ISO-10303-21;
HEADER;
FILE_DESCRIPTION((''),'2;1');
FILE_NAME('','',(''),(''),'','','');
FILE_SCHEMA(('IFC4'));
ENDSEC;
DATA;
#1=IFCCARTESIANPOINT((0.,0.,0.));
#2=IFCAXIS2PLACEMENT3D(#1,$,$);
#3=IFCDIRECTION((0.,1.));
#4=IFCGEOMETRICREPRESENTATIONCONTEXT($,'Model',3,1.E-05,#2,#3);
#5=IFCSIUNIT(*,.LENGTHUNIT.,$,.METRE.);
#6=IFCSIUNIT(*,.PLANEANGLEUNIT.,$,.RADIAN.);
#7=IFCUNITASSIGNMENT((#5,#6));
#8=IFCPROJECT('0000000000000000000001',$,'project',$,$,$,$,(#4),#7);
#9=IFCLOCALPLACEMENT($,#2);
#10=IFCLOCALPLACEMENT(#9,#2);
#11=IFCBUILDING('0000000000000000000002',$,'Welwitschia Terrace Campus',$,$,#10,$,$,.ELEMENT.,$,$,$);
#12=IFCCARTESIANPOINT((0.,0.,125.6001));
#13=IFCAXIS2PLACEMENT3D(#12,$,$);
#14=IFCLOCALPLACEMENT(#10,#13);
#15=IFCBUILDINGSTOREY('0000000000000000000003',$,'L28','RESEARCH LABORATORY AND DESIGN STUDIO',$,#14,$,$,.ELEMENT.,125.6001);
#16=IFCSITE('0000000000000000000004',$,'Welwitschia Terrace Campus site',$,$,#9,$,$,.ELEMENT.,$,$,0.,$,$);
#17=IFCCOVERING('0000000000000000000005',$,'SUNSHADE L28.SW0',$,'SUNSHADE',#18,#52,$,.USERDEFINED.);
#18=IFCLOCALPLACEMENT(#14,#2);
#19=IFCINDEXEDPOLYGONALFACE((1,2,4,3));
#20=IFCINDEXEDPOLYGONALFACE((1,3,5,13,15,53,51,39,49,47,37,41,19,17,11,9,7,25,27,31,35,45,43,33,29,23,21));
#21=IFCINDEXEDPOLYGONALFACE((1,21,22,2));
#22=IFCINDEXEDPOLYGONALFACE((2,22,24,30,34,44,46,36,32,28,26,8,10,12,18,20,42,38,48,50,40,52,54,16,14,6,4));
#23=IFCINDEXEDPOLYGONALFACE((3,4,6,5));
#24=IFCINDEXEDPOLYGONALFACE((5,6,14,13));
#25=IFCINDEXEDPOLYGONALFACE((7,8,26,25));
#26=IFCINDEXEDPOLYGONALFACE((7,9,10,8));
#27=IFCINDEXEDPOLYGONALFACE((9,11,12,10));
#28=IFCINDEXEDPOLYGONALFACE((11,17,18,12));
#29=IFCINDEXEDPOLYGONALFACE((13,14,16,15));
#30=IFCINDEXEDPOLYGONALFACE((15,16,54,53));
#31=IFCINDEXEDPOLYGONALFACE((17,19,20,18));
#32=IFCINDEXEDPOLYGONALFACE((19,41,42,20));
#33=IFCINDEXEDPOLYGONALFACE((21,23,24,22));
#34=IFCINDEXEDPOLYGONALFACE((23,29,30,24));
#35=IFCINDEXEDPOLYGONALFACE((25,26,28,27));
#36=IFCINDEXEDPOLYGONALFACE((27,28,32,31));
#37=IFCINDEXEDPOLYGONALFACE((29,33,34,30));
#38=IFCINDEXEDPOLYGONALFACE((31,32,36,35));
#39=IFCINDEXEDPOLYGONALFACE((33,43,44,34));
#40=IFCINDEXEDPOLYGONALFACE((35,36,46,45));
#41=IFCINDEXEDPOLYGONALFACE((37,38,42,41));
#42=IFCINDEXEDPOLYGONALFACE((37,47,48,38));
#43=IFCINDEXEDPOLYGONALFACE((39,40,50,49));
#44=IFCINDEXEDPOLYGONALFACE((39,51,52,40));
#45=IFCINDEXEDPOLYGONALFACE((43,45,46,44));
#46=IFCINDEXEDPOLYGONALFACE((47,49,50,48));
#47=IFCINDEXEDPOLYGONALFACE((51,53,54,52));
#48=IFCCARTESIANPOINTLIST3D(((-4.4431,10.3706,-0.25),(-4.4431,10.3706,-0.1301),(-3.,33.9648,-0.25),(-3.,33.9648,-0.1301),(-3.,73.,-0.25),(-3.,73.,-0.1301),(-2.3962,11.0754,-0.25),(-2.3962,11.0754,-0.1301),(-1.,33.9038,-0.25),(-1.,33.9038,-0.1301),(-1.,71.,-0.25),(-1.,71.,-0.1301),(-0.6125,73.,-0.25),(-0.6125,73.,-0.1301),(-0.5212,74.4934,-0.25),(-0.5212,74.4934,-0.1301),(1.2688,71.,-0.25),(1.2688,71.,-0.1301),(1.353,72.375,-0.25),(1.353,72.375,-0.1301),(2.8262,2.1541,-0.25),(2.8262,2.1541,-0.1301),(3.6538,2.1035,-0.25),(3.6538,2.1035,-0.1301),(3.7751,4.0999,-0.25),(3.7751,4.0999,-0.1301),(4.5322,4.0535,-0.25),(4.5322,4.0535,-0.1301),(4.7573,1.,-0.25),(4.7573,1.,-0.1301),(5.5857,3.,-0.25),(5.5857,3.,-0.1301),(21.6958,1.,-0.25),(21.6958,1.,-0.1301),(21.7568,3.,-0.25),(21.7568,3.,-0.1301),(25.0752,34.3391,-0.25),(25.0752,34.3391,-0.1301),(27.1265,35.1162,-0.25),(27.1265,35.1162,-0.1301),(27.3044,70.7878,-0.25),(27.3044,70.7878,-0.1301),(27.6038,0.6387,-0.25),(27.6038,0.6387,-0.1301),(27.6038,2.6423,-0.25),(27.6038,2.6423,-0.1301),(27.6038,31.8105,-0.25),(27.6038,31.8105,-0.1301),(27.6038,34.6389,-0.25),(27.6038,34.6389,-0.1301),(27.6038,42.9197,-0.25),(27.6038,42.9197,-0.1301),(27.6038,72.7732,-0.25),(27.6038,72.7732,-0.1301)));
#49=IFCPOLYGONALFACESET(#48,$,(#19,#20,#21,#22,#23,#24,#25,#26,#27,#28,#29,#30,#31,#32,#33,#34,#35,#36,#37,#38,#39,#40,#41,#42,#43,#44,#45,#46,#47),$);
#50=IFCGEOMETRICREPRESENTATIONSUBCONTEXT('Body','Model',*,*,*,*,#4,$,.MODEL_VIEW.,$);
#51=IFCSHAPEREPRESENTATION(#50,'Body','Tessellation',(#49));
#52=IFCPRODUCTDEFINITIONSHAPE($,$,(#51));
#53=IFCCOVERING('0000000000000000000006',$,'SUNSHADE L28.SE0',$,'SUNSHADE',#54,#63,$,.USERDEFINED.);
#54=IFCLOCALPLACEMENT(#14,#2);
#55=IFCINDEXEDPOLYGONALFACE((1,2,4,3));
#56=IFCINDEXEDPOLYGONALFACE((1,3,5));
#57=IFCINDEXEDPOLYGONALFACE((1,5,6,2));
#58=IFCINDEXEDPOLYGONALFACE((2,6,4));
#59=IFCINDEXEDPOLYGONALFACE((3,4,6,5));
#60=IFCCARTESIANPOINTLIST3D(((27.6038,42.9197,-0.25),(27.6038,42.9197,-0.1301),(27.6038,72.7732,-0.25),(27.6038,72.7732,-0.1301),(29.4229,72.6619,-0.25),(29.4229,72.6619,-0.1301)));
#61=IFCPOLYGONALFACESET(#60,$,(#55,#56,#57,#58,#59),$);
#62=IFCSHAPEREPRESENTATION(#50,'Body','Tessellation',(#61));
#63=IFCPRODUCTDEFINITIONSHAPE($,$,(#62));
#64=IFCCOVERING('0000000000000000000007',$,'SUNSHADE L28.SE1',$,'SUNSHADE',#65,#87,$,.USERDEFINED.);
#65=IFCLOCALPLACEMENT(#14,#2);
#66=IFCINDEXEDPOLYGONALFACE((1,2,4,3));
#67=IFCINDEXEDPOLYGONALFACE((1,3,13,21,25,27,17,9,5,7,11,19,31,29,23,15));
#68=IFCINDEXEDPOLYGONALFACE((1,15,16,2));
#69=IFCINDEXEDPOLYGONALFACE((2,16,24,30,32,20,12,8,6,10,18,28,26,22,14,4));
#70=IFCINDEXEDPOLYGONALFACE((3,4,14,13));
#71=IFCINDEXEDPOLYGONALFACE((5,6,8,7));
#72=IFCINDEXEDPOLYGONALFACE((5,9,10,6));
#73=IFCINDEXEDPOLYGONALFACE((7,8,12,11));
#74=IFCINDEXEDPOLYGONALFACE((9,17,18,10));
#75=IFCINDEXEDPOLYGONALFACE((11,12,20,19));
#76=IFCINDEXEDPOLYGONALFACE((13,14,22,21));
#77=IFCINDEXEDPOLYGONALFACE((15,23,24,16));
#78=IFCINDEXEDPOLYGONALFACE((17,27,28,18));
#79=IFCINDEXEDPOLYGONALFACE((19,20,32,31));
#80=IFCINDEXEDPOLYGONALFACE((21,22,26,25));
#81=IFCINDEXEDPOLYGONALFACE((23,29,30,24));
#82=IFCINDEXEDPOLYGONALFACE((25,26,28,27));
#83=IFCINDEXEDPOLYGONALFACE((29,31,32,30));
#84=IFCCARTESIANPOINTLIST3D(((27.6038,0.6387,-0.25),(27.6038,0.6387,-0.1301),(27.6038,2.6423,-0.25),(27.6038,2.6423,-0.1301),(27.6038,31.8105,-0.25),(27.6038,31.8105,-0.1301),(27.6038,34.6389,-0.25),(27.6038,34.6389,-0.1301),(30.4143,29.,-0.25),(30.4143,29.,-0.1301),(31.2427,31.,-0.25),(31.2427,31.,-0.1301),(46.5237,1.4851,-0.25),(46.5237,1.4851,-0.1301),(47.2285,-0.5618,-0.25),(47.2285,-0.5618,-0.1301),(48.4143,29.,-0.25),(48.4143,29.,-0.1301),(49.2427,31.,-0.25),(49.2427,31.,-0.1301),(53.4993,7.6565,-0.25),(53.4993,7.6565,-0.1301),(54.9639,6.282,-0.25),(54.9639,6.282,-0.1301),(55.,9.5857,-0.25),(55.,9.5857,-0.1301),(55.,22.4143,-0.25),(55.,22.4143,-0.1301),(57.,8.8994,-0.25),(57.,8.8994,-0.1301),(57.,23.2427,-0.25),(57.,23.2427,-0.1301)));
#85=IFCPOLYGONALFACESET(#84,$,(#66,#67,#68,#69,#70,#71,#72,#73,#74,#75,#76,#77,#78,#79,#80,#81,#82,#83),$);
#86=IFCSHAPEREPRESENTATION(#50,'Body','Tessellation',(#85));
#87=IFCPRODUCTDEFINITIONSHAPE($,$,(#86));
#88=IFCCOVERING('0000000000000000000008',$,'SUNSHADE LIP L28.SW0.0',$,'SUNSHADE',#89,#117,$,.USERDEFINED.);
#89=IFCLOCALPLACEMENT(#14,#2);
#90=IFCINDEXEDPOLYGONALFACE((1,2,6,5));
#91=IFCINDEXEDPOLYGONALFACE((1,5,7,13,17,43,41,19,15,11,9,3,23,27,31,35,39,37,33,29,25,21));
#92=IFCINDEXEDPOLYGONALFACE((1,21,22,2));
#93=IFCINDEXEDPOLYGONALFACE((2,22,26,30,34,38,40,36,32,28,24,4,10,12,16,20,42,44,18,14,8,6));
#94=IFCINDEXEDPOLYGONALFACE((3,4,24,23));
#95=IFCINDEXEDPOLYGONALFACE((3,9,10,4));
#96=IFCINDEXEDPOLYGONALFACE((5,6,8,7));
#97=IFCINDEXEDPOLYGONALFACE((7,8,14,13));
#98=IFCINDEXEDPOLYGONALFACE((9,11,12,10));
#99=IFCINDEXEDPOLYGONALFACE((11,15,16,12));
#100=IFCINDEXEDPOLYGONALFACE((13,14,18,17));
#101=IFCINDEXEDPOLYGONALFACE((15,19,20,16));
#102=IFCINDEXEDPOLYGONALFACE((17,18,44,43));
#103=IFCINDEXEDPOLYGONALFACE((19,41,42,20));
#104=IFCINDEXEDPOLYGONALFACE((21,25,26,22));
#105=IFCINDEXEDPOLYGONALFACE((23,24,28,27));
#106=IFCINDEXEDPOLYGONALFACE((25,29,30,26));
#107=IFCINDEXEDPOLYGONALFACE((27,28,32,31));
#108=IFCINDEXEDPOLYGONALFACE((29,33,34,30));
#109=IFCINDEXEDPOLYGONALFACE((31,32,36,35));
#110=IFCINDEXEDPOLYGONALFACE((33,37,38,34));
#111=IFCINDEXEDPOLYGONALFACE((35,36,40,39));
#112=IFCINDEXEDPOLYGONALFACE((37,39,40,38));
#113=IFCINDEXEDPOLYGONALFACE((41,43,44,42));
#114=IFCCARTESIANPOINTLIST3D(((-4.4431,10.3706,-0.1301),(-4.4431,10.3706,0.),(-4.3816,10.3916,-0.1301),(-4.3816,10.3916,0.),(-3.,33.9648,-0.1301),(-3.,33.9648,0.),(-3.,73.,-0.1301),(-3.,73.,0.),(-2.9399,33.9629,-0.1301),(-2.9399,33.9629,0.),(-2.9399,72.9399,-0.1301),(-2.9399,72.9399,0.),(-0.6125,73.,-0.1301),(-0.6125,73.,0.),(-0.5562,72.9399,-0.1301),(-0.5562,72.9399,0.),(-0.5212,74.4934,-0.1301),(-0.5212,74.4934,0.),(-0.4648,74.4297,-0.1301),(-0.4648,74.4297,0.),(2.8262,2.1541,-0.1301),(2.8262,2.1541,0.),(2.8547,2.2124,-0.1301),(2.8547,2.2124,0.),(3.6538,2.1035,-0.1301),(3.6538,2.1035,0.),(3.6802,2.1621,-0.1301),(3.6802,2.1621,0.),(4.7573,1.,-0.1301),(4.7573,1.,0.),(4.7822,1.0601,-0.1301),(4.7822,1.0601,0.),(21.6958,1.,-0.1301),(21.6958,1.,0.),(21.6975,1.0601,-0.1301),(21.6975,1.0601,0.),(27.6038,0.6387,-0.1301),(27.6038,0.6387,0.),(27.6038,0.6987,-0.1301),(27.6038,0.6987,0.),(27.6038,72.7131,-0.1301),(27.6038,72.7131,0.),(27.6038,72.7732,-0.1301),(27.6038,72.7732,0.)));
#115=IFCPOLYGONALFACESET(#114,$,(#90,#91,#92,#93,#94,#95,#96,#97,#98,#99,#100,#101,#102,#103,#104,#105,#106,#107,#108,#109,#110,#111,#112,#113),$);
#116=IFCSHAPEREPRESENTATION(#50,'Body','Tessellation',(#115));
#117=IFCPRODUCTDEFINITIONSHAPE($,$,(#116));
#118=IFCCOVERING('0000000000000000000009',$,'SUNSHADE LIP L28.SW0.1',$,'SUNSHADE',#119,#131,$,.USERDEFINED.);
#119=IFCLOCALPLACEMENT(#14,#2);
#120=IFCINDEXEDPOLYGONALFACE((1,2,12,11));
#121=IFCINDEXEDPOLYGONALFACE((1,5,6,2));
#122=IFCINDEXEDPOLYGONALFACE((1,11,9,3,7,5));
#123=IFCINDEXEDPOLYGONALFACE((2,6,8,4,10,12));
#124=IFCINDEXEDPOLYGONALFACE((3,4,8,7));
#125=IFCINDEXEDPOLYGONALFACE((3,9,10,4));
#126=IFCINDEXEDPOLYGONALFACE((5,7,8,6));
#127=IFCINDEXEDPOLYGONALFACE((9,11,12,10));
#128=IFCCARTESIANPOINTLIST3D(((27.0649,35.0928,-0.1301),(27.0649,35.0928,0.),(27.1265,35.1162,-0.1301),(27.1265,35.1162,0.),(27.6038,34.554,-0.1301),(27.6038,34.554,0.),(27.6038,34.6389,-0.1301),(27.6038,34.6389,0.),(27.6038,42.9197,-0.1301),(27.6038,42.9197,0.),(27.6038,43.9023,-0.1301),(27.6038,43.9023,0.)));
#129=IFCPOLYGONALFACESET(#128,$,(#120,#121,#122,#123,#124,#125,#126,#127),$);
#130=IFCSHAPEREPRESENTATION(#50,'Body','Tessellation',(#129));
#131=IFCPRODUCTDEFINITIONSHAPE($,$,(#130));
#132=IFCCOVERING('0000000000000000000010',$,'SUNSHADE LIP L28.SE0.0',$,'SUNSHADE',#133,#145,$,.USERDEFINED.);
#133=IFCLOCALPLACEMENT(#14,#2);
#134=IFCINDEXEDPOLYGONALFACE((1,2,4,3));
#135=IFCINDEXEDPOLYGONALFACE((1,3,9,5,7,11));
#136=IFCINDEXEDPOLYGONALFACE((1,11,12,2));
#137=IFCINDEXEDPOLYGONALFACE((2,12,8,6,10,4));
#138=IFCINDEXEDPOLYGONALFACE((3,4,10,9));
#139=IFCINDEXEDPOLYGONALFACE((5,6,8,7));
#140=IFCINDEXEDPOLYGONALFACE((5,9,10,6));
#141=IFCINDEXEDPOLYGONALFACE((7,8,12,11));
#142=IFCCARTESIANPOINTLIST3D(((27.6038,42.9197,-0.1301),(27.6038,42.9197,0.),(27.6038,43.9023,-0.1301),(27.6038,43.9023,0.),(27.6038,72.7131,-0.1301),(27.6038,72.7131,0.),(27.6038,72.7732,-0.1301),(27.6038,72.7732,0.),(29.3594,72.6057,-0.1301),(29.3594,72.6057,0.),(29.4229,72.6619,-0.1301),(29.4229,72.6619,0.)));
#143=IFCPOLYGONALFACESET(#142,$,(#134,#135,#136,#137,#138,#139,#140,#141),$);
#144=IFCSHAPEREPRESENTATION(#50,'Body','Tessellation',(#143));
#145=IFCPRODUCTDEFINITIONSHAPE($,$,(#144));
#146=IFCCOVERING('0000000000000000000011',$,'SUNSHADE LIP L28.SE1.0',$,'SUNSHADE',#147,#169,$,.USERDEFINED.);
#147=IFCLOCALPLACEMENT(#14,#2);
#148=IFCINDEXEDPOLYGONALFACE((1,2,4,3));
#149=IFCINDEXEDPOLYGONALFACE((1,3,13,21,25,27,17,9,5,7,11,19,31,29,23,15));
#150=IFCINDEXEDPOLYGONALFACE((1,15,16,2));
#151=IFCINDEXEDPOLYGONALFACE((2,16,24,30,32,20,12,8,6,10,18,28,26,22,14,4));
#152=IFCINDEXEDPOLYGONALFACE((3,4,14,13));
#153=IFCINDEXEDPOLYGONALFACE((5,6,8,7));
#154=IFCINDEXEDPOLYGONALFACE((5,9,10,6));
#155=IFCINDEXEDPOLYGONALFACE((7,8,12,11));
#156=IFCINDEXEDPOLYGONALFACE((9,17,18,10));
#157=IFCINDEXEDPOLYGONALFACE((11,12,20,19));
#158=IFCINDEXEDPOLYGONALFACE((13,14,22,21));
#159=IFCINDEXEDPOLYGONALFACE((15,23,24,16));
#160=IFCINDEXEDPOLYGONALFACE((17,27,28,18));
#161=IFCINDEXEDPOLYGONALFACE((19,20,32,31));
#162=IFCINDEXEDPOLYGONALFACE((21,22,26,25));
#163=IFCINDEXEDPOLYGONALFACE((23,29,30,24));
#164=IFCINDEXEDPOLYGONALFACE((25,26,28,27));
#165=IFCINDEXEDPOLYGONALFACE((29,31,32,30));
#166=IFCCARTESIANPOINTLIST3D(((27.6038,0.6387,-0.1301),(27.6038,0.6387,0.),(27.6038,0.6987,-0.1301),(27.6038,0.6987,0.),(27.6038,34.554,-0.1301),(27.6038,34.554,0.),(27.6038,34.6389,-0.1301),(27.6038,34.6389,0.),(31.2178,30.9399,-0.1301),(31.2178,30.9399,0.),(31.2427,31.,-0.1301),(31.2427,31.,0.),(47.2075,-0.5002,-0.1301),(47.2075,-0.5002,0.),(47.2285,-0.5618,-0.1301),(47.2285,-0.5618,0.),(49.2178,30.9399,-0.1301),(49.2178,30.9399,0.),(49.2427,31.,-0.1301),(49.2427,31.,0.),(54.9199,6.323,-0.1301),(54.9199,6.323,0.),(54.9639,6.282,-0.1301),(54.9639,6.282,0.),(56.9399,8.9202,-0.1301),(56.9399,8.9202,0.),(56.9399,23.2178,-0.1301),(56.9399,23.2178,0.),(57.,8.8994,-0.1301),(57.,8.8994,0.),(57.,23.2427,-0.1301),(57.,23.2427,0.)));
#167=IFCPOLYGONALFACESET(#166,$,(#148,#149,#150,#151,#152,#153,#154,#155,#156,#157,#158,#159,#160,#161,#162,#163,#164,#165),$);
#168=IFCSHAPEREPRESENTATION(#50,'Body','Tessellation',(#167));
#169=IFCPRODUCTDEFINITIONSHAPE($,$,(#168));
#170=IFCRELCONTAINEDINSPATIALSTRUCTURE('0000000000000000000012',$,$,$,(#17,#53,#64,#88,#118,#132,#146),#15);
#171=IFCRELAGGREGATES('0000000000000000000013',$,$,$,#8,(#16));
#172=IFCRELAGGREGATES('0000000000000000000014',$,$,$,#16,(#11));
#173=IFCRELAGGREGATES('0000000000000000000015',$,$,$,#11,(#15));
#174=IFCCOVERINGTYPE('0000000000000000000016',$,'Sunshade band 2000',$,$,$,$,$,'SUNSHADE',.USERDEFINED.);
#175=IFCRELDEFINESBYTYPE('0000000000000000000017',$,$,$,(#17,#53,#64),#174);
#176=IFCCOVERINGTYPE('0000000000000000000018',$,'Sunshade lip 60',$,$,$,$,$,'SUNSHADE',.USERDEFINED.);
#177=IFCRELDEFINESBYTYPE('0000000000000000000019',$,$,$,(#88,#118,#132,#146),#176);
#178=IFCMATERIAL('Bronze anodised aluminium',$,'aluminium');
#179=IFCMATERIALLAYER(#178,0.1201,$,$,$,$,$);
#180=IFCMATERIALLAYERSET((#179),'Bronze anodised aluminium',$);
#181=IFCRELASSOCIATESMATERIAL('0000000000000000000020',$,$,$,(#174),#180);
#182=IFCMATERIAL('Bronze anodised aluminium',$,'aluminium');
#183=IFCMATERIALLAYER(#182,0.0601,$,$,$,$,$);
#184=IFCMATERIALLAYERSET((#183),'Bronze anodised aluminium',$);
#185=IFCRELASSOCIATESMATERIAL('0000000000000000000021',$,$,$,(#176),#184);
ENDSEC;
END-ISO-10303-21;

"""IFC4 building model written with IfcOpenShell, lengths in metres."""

from ifc_helpers import new_model, si_unit, direction, frame, origin, place, context, subcontext, project, spatial, polyline, outline, extrude, material, layer, layer_set, type_object, element, save


model = new_model("IFC4")

# Units and contexts
model_context = context("Model", 3, precision=1e-05, world=origin(), true_north=direction((0.0, 1.0)))
body_context = subcontext(model_context, "Body", "Model", "MODEL_VIEW")
ifc_project = project(units=[si_unit("LENGTHUNIT", "METRE"), si_unit("PLANEANGLEUNIT", "RADIAN")], contexts=[model_context])

# Site, building, storey
site_placement = place(None, origin())
site = spatial("IfcSite", under=ifc_project, at=site_placement, Name="Welwitschia Terrace Campus site", CompositionType="ELEMENT", RefElevation=0.0)
building_placement = place(site_placement, origin())
building = spatial("IfcBuilding", under=site, at=building_placement, Name="Welwitschia Terrace Campus", CompositionType="ELEMENT")
storey_placement = place(building_placement, frame((0.0, 0.0, 125.6001)))
storey = spatial("IfcBuildingStorey", under=building, at=storey_placement, Name="L28", Description="RESEARCH LABORATORY AND DESIGN STUDIO", CompositionType="ELEMENT", Elevation=125.6001)

# Coverings
ifc_material_1 = material(Name="Bronze anodised aluminium", Category="aluminium")
ifc_layer_1 = layer(ifc_material_1, 0.1201)
ifc_layer_set_1 = layer_set([ifc_layer_1], Name="Bronze anodised aluminium")
covering_type_1 = type_object("IfcCoveringType", Name="Sunshade band 2000", ElementType="SUNSHADE", PredefinedType="USERDEFINED", material=ifc_layer_set_1)
covering_1_placement = place(storey_placement, frame((0.0, 0.0, -0.25)))
element("IfcCovering", 1, at=covering_1_placement, inside=storey, type_object=covering_type_1, Name="SUNSHADE L28.SW0", ObjectType="SUNSHADE", PredefinedType="USERDEFINED", context=body_context, shape_type="SweptSolid", body=[
    extrude(outline(polyline([(-0.6125, 73.0), (-0.5212, 74.4934), (27.6038, 72.7732), (27.6038, 42.9197), (27.1265, 35.1162), (27.6038, 34.6389), (27.6038, 31.8105), (25.0752, 34.3391), (27.3044, 70.7878), (1.353, 72.375), (1.2688, 71.0), (-1.0, 71.0), (-1.0, 33.9038), (-2.3962, 11.0754), (3.7751, 4.0999), (4.5322, 4.0535), (5.5857, 3.0), (21.7568, 3.0), (27.6038, 2.6423), (27.6038, 0.6387), (21.6958, 1.0), (4.7573, 1.0), (3.6538, 2.1035), (2.8262, 2.1541), (-4.4431, 10.3706), (-3.0, 33.9648), (-3.0, 73.0), (-0.6125, 73.0)])), origin(), (0.0, 0.0, 1.0), 0.1199),
])
covering_2_placement = place(storey_placement, frame((0.0, 0.0, -0.25)))
element("IfcCovering", 2, at=covering_2_placement, inside=storey, type_object=covering_type_1, Name="SUNSHADE L28.SE0", ObjectType="SUNSHADE", PredefinedType="USERDEFINED", context=body_context, shape_type="SweptSolid", body=[
    extrude(outline(polyline([(29.4229, 72.6619), (27.6038, 42.9197), (27.6038, 72.7732), (29.4229, 72.6619)])), origin(), (0.0, 0.0, 1.0), 0.1199),
])
covering_3_placement = place(storey_placement, frame((0.0, 0.0, -0.25)))
element("IfcCovering", 3, at=covering_3_placement, inside=storey, type_object=covering_type_1, Name="SUNSHADE L28.SE1", ObjectType="SUNSHADE", PredefinedType="USERDEFINED", context=body_context, shape_type="SweptSolid", body=[
    extrude(outline(polyline([(31.2427, 31.0), (49.2427, 31.0), (57.0, 23.2427), (57.0, 8.8994), (54.9639, 6.282), (47.2285, -0.5618), (27.6038, 0.6387), (27.6038, 2.6423), (46.5237, 1.4851), (53.4993, 7.6565), (55.0, 9.5857), (55.0, 22.4143), (48.4143, 29.0), (30.4143, 29.0), (27.6038, 31.8105), (27.6038, 34.6389), (31.2427, 31.0)])), origin(), (0.0, 0.0, 1.0), 0.1199),
])
ifc_material_2 = material(Name="Bronze anodised aluminium", Category="aluminium")
ifc_layer_2 = layer(ifc_material_2, 0.0601)
ifc_layer_set_2 = layer_set([ifc_layer_2], Name="Bronze anodised aluminium")
covering_type_2 = type_object("IfcCoveringType", Name="Sunshade lip 60", ElementType="SUNSHADE", PredefinedType="USERDEFINED", material=ifc_layer_set_2)
covering_4_placement = place(storey_placement, frame((0.0, 0.0, -0.1301)))
element("IfcCovering", 4, at=covering_4_placement, inside=storey, type_object=covering_type_2, Name="SUNSHADE LIP L28.SW0.0", ObjectType="SUNSHADE", PredefinedType="USERDEFINED", context=body_context, shape_type="SweptSolid", body=[
    extrude(outline(polyline([(-0.5212, 74.4934), (27.6038, 72.7732), (27.6038, 72.7131), (-0.4648, 74.4297), (-0.5562, 72.9399), (-2.9399, 72.9399), (-2.9399, 33.9629), (-4.3816, 10.3916), (2.8547, 2.2124), (3.6802, 2.1621), (4.7822, 1.0601), (21.6975, 1.0601), (27.6038, 0.6987), (27.6038, 0.6387), (21.6958, 1.0), (4.7573, 1.0), (3.6538, 2.1035), (2.8262, 2.1541), (-4.4431, 10.3706), (-3.0, 33.9648), (-3.0, 73.0), (-0.6125, 73.0), (-0.5212, 74.4934)])), origin(), (0.0, 0.0, 1.0), 0.1301),
])
covering_5_placement = place(storey_placement, frame((0.0, 0.0, -0.1301)))
element("IfcCovering", 5, at=covering_5_placement, inside=storey, type_object=covering_type_2, Name="SUNSHADE LIP L28.SW0.1", ObjectType="SUNSHADE", PredefinedType="USERDEFINED", context=body_context, shape_type="SweptSolid", body=[
    extrude(outline(polyline([(27.6038, 42.9197), (27.1265, 35.1162), (27.6038, 34.6389), (27.6038, 34.554), (27.0649, 35.0928), (27.6038, 43.9023), (27.6038, 42.9197)])), origin(), (0.0, 0.0, 1.0), 0.1301),
])
covering_6_placement = place(storey_placement, frame((0.0, 0.0, -0.1301)))
element("IfcCovering", 6, at=covering_6_placement, inside=storey, type_object=covering_type_2, Name="SUNSHADE LIP L28.SE0.0", ObjectType="SUNSHADE", PredefinedType="USERDEFINED", context=body_context, shape_type="SweptSolid", body=[
    extrude(outline(polyline([(27.6038, 42.9197), (27.6038, 43.9023), (29.3594, 72.6057), (27.6038, 72.7131), (27.6038, 72.7732), (29.4229, 72.6619), (27.6038, 42.9197)])), origin(), (0.0, 0.0, 1.0), 0.1301),
])
covering_7_placement = place(storey_placement, frame((0.0, 0.0, -0.1301)))
element("IfcCovering", 7, at=covering_7_placement, inside=storey, type_object=covering_type_2, Name="SUNSHADE LIP L28.SE1.0", ObjectType="SUNSHADE", PredefinedType="USERDEFINED", context=body_context, shape_type="SweptSolid", body=[
    extrude(outline(polyline([(49.2427, 31.0), (57.0, 23.2427), (57.0, 8.8994), (54.9639, 6.282), (47.2285, -0.5618), (27.6038, 0.6387), (27.6038, 0.6987), (47.2075, -0.5002), (54.9199, 6.323), (56.9399, 8.9202), (56.9399, 23.2178), (49.2178, 30.9399), (31.2178, 30.9399), (27.6038, 34.554), (27.6038, 34.6389), (31.2427, 31.0), (49.2427, 31.0)])), origin(), (0.0, 0.0, 1.0), 0.1301),
])

save(model, "model.ifc")
